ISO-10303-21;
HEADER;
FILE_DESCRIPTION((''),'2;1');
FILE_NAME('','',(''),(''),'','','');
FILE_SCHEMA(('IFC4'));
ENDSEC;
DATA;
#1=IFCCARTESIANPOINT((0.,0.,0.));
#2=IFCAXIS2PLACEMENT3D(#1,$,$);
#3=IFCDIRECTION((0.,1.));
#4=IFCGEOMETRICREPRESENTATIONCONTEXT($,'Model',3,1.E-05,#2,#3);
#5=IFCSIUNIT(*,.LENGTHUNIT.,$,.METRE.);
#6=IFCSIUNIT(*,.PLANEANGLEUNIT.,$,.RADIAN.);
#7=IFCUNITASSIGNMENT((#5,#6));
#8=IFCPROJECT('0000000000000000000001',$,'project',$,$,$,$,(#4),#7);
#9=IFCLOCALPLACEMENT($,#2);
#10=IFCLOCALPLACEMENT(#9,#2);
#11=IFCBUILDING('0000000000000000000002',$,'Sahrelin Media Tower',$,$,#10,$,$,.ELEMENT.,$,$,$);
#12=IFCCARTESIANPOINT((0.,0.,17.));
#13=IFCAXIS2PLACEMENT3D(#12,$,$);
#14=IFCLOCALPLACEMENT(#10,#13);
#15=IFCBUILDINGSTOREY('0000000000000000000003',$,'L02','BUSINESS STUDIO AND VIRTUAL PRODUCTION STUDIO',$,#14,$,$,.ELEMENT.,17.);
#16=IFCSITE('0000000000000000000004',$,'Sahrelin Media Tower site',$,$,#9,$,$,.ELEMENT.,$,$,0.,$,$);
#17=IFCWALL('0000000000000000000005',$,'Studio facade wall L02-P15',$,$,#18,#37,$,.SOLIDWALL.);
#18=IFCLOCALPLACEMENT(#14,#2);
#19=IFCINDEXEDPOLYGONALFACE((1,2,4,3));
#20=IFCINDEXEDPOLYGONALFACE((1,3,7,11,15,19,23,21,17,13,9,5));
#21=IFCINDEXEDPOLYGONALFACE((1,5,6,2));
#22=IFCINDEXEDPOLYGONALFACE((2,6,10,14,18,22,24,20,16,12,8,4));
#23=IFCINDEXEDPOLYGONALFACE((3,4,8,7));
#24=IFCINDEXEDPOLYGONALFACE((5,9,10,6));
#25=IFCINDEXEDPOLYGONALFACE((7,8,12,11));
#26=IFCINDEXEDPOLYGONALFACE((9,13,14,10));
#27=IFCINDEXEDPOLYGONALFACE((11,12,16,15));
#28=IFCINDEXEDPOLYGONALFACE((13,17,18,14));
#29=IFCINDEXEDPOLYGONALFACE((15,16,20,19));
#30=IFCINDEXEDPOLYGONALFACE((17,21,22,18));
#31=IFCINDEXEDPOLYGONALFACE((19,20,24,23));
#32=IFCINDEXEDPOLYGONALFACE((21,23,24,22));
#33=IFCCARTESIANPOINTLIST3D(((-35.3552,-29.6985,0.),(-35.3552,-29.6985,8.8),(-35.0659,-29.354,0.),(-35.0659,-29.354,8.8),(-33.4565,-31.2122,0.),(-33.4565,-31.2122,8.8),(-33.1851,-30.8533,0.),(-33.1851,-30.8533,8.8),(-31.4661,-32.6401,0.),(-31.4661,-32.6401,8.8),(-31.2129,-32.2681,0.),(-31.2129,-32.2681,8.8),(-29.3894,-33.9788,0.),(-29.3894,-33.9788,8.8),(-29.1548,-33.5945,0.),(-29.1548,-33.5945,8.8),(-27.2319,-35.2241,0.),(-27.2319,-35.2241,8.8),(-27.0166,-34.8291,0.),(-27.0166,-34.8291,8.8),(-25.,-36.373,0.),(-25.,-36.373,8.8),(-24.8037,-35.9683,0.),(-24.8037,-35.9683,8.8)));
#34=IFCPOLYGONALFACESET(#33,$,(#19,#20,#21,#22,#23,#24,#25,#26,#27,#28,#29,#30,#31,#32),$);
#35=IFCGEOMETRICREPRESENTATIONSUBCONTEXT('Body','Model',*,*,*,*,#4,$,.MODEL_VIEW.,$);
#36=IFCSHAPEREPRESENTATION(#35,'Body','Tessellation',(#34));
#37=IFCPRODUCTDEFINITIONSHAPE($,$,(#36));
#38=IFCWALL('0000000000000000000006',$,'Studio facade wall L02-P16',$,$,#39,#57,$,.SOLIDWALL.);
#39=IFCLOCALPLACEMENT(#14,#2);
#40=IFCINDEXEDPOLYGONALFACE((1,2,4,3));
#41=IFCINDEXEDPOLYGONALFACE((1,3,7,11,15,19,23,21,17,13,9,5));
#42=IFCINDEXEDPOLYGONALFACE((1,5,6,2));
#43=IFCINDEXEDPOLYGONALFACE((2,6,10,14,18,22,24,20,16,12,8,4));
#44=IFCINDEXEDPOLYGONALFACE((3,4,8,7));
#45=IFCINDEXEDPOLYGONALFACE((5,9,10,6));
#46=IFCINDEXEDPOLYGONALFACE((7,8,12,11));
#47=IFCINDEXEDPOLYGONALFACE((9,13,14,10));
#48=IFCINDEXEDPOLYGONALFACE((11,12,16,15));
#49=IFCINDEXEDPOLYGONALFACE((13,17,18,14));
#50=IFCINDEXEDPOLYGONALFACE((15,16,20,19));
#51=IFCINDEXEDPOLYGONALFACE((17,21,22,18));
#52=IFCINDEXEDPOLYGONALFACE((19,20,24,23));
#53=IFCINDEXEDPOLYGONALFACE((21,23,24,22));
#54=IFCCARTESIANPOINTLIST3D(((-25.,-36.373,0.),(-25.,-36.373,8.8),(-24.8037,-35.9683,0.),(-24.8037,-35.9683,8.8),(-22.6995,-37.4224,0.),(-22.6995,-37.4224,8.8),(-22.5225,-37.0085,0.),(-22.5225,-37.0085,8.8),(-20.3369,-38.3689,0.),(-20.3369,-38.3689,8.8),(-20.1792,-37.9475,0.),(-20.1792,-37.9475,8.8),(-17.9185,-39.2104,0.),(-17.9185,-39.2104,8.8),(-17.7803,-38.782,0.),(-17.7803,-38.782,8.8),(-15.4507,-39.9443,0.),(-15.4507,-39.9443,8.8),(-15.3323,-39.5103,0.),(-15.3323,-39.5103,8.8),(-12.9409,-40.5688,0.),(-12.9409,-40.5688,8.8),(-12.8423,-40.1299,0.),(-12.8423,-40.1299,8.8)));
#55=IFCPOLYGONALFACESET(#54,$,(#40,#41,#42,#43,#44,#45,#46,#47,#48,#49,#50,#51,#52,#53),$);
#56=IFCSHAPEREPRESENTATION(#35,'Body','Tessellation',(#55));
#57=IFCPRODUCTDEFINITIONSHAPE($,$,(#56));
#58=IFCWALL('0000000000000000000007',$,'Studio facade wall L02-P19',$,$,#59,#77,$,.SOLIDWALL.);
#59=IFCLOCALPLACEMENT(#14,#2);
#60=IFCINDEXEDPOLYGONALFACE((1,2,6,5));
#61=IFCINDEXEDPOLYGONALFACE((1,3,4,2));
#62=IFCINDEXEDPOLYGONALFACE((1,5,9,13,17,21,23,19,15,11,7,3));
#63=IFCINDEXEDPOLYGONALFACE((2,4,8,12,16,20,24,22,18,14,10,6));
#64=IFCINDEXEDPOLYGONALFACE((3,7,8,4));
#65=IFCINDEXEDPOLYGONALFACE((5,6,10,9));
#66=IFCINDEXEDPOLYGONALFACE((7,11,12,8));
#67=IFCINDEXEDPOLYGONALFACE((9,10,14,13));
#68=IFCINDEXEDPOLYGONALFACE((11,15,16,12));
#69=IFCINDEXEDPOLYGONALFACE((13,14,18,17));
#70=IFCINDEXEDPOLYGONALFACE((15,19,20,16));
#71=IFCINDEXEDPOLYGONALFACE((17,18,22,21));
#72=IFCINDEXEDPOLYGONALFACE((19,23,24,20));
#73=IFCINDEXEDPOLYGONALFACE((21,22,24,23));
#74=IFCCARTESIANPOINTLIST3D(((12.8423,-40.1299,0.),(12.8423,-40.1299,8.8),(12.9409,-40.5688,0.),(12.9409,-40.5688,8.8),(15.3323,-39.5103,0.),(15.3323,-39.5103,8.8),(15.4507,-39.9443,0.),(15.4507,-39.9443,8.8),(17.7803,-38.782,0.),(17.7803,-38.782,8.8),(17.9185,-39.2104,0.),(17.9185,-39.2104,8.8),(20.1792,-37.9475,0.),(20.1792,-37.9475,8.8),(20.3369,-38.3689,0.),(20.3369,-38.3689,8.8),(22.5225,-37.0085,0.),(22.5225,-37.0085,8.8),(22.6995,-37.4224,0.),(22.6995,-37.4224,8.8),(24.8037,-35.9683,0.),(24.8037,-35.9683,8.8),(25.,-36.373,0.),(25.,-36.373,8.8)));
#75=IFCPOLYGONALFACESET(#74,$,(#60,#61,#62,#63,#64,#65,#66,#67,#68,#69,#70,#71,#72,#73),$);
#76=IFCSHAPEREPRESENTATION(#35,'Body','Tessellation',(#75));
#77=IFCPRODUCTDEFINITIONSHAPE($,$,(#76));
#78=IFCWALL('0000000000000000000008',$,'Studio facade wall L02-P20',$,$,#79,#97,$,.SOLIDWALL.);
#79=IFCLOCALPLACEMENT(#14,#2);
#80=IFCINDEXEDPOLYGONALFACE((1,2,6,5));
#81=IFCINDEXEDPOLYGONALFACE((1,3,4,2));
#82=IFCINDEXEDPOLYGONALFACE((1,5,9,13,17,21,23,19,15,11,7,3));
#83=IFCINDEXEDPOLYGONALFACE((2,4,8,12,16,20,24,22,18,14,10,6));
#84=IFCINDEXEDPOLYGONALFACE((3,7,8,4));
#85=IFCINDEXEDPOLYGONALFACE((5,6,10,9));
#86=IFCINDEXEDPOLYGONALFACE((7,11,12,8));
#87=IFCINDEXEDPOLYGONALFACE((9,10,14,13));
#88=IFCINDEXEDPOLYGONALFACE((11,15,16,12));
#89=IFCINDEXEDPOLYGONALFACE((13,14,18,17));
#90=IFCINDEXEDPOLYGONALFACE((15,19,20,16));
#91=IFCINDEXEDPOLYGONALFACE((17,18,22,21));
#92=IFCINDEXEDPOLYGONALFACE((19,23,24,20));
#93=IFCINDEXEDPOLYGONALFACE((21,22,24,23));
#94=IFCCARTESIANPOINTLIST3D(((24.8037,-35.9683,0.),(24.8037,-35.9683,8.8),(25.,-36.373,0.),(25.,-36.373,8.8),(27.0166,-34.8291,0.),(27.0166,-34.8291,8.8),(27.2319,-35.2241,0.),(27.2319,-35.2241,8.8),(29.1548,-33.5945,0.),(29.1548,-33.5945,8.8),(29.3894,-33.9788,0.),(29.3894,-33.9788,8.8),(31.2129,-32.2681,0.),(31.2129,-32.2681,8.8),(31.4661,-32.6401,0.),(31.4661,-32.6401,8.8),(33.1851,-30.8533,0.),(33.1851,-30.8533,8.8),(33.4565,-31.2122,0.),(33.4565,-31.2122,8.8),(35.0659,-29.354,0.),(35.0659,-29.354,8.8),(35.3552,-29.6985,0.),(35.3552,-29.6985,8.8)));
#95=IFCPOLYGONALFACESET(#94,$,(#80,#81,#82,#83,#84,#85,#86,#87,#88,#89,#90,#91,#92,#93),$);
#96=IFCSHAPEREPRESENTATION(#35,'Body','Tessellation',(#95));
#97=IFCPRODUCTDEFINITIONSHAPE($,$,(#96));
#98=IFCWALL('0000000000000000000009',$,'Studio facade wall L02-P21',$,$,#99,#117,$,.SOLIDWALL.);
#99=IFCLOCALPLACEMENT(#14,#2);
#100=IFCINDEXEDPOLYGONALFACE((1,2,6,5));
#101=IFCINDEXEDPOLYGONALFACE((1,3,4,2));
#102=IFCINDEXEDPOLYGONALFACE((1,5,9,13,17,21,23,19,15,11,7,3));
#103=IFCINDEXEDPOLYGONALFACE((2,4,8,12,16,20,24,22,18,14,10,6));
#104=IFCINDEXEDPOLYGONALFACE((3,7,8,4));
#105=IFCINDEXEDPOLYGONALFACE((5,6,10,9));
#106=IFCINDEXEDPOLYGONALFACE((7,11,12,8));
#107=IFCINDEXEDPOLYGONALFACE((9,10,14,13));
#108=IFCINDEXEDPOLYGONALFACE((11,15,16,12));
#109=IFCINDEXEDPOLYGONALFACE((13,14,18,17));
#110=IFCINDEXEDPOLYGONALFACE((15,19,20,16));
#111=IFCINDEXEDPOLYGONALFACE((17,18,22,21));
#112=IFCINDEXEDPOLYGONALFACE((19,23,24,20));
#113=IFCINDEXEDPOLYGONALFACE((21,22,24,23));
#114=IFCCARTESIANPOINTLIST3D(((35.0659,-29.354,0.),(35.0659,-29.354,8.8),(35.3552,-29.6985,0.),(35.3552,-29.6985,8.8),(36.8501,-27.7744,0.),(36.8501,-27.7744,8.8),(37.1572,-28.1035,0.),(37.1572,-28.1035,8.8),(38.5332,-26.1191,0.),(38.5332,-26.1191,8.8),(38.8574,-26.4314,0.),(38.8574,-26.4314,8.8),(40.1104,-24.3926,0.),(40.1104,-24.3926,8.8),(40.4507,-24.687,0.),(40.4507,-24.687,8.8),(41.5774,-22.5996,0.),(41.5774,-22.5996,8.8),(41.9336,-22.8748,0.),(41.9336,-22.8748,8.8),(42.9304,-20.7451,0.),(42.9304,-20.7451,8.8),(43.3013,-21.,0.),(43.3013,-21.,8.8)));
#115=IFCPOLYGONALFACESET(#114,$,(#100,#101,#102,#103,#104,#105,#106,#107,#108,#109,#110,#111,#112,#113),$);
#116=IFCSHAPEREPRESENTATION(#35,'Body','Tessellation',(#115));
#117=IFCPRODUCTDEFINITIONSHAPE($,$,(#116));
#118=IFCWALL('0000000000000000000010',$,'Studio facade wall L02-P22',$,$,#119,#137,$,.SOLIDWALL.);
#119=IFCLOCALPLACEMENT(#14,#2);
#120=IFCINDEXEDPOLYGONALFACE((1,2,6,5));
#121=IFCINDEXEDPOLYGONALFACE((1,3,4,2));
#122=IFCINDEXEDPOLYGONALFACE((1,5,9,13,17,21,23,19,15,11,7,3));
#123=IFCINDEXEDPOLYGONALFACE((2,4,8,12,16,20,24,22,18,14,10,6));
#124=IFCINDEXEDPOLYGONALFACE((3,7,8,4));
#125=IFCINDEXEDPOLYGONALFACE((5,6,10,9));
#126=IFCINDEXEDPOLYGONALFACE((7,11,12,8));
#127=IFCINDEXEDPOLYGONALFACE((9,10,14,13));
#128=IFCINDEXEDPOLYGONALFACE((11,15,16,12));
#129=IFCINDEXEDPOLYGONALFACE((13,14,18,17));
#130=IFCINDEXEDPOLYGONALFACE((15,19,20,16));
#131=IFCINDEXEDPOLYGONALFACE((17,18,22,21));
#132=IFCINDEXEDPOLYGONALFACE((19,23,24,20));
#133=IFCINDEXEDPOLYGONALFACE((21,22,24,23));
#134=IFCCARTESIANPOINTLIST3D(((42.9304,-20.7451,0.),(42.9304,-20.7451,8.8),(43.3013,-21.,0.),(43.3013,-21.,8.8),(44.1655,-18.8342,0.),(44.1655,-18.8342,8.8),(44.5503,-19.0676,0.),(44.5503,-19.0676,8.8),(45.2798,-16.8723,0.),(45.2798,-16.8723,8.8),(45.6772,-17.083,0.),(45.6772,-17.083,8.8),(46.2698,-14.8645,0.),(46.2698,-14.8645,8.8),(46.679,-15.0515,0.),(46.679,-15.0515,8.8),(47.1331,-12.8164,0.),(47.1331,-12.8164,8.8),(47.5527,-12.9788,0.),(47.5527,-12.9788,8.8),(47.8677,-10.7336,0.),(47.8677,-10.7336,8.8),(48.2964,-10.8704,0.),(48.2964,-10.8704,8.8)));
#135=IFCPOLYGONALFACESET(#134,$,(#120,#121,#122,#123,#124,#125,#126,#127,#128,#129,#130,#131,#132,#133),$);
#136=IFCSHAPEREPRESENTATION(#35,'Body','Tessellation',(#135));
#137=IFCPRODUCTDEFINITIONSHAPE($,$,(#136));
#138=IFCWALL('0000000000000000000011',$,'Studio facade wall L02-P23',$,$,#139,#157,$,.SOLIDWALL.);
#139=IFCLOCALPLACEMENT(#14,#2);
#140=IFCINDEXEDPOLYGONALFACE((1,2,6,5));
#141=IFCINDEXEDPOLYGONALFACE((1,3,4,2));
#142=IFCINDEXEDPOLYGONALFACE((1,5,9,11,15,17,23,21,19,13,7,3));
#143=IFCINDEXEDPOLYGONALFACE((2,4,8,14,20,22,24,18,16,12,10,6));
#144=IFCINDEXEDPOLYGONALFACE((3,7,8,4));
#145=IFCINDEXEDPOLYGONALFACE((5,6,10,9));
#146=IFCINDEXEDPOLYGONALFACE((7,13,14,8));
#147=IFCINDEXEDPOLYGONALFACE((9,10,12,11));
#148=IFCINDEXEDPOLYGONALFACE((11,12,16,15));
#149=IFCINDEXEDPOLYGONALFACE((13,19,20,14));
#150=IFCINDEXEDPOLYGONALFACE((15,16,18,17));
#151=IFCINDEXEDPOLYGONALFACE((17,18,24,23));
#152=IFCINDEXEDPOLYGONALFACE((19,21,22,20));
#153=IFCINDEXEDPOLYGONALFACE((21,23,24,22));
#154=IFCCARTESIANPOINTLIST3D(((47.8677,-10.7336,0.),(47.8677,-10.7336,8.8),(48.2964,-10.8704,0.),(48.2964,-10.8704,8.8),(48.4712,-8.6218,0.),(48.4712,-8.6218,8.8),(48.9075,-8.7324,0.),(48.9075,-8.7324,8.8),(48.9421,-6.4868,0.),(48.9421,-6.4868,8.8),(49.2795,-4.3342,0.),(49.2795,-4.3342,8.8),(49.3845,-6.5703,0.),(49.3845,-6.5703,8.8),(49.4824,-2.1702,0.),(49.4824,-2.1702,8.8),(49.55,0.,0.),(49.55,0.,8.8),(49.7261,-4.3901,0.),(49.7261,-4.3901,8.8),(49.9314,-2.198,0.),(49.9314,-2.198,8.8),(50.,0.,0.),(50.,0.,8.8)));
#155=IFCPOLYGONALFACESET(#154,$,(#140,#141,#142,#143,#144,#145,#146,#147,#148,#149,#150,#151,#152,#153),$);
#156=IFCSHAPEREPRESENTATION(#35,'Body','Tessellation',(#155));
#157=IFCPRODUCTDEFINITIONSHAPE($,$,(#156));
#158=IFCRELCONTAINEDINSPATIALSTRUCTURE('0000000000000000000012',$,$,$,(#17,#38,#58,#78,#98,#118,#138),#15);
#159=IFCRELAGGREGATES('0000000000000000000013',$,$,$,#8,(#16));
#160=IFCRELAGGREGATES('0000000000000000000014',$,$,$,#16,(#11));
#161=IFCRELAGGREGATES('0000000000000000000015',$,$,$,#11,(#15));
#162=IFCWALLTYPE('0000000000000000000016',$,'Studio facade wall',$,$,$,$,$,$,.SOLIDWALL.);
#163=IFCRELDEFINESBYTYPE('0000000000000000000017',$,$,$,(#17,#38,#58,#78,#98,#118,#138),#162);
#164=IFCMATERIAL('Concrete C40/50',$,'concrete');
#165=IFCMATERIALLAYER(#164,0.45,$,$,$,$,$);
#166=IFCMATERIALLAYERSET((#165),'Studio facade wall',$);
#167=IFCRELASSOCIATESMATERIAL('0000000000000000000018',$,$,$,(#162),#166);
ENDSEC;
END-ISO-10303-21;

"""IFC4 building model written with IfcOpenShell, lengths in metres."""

from ifc_helpers import new_model, si_unit, direction, frame, origin, place, context, subcontext, project, spatial, polyline, outline, extrude, material, layer, layer_set, type_object, element, save


model = new_model("IFC4")

# Units and contexts
model_context = context("Model", 3, precision=1e-05, world=origin(), true_north=direction((0.0, 1.0)))
body_context = subcontext(model_context, "Body", "Model", "MODEL_VIEW")
ifc_project = project(units=[si_unit("LENGTHUNIT", "METRE"), si_unit("PLANEANGLEUNIT", "RADIAN")], contexts=[model_context])

# Site, building, storey
site_placement = place(None, origin())
site = spatial("IfcSite", under=ifc_project, at=site_placement, Name="Sahrelin Media Tower site", CompositionType="ELEMENT", RefElevation=0.0)
building_placement = place(site_placement, origin())
building = spatial("IfcBuilding", under=site, at=building_placement, Name="Sahrelin Media Tower", CompositionType="ELEMENT")
storey_placement = place(building_placement, frame((0.0, 0.0, 17.0)))
storey = spatial("IfcBuildingStorey", under=building, at=storey_placement, Name="L02", Description="BUSINESS STUDIO AND VIRTUAL PRODUCTION STUDIO", CompositionType="ELEMENT", Elevation=17.0)

# Shared definitions
ifc_material_1 = material(Name="Concrete C40/50", Category="concrete")
placement_1 = place(storey_placement, origin())

# Walls
ifc_layer_1 = layer(ifc_material_1, 0.45)
ifc_layer_set_1 = layer_set([ifc_layer_1], Name="Studio facade wall")
wall_type_1 = type_object("IfcWallType", Name="Studio facade wall", PredefinedType="SOLIDWALL", material=ifc_layer_set_1)
element("IfcWall", 1, at=placement_1, inside=storey, type_object=wall_type_1, Name="Studio facade wall L02-P15", PredefinedType="SOLIDWALL", context=body_context, shape_type="SweptSolid", body=[
    extrude(outline(polyline([(-35.3552, -29.6985), (-33.4565, -31.2122), (-31.4661, -32.6401), (-29.3894, -33.9788), (-27.2319, -35.2241), (-25.0, -36.373), (-24.8037, -35.9683), (-27.0166, -34.8291), (-29.1548, -33.5945), (-31.2129, -32.2681), (-33.1851, -30.8533), (-35.0659, -29.354), (-35.3552, -29.6985)])), origin(), (0.0, 0.0, 1.0), 8.8),
])
element("IfcWall", 2, at=placement_1, inside=storey, type_object=wall_type_1, Name="Studio facade wall L02-P16", PredefinedType="SOLIDWALL", context=body_context, shape_type="SweptSolid", body=[
    extrude(outline(polyline([(-25.0, -36.373), (-22.6995, -37.4224), (-20.3369, -38.3689), (-17.9185, -39.2104), (-15.4507, -39.9443), (-12.9409, -40.5688), (-12.8423, -40.1299), (-15.3323, -39.5103), (-17.7803, -38.782), (-20.1792, -37.9475), (-22.5225, -37.0085), (-24.8037, -35.9683), (-25.0, -36.373)])), origin(), (0.0, 0.0, 1.0), 8.8),
])
element("IfcWall", 3, at=placement_1, inside=storey, type_object=wall_type_1, Name="Studio facade wall L02-P19", PredefinedType="SOLIDWALL", context=body_context, shape_type="SweptSolid", body=[
    extrude(outline(polyline([(12.9409, -40.5688), (15.4507, -39.9443), (17.9185, -39.2104), (20.3369, -38.3689), (22.6995, -37.4224), (25.0, -36.373), (24.8037, -35.9683), (22.5225, -37.0085), (20.1792, -37.9475), (17.7803, -38.782), (15.3323, -39.5103), (12.8423, -40.1299), (12.9409, -40.5688)])), origin(), (0.0, 0.0, 1.0), 8.8),
])
element("IfcWall", 4, at=placement_1, inside=storey, type_object=wall_type_1, Name="Studio facade wall L02-P20", PredefinedType="SOLIDWALL", context=body_context, shape_type="SweptSolid", body=[
    extrude(outline(polyline([(25.0, -36.373), (27.2319, -35.2241), (29.3894, -33.9788), (31.4661, -32.6401), (33.4565, -31.2122), (35.3552, -29.6985), (35.0659, -29.354), (33.1851, -30.8533), (31.2129, -32.2681), (29.1548, -33.5945), (27.0166, -34.8291), (24.8037, -35.9683), (25.0, -36.373)])), origin(), (0.0, 0.0, 1.0), 8.8),
])
element("IfcWall", 5, at=placement_1, inside=storey, type_object=wall_type_1, Name="Studio facade wall L02-P21", PredefinedType="SOLIDWALL", context=body_context, shape_type="SweptSolid", body=[
    extrude(outline(polyline([(35.3552, -29.6985), (37.1572, -28.1035), (38.8574, -26.4314), (40.4507, -24.687), (41.9336, -22.8748), (43.3013, -21.0), (42.9304, -20.7451), (41.5774, -22.5996), (40.1104, -24.3926), (38.5332, -26.1191), (36.8501, -27.7744), (35.0659, -29.354), (35.3552, -29.6985)])), origin(), (0.0, 0.0, 1.0), 8.8),
])
element("IfcWall", 6, at=placement_1, inside=storey, type_object=wall_type_1, Name="Studio facade wall L02-P22", PredefinedType="SOLIDWALL", context=body_context, shape_type="SweptSolid", body=[
    extrude(outline(polyline([(43.3013, -21.0), (44.5503, -19.0676), (45.6772, -17.083), (46.679, -15.0515), (47.5527, -12.9788), (48.2964, -10.8704), (47.8677, -10.7336), (47.1331, -12.8164), (46.2698, -14.8645), (45.2798, -16.8723), (44.1655, -18.8342), (42.9304, -20.7451), (43.3013, -21.0)])), origin(), (0.0, 0.0, 1.0), 8.8),
])
element("IfcWall", 7, at=placement_1, inside=storey, type_object=wall_type_1, Name="Studio facade wall L02-P23", PredefinedType="SOLIDWALL", context=body_context, shape_type="SweptSolid", body=[
    extrude(outline(polyline([(48.2964, -10.8704), (48.9075, -8.7324), (49.3845, -6.5703), (49.7261, -4.3901), (49.9314, -2.198), (50.0, 0.0), (49.55, 0.0), (49.4824, -2.1702), (49.2795, -4.3342), (48.9421, -6.4868), (48.4712, -8.6218), (47.8677, -10.7336), (48.2964, -10.8704)])), origin(), (0.0, 0.0, 1.0), 8.8),
])

save(model, "model.ifc")
